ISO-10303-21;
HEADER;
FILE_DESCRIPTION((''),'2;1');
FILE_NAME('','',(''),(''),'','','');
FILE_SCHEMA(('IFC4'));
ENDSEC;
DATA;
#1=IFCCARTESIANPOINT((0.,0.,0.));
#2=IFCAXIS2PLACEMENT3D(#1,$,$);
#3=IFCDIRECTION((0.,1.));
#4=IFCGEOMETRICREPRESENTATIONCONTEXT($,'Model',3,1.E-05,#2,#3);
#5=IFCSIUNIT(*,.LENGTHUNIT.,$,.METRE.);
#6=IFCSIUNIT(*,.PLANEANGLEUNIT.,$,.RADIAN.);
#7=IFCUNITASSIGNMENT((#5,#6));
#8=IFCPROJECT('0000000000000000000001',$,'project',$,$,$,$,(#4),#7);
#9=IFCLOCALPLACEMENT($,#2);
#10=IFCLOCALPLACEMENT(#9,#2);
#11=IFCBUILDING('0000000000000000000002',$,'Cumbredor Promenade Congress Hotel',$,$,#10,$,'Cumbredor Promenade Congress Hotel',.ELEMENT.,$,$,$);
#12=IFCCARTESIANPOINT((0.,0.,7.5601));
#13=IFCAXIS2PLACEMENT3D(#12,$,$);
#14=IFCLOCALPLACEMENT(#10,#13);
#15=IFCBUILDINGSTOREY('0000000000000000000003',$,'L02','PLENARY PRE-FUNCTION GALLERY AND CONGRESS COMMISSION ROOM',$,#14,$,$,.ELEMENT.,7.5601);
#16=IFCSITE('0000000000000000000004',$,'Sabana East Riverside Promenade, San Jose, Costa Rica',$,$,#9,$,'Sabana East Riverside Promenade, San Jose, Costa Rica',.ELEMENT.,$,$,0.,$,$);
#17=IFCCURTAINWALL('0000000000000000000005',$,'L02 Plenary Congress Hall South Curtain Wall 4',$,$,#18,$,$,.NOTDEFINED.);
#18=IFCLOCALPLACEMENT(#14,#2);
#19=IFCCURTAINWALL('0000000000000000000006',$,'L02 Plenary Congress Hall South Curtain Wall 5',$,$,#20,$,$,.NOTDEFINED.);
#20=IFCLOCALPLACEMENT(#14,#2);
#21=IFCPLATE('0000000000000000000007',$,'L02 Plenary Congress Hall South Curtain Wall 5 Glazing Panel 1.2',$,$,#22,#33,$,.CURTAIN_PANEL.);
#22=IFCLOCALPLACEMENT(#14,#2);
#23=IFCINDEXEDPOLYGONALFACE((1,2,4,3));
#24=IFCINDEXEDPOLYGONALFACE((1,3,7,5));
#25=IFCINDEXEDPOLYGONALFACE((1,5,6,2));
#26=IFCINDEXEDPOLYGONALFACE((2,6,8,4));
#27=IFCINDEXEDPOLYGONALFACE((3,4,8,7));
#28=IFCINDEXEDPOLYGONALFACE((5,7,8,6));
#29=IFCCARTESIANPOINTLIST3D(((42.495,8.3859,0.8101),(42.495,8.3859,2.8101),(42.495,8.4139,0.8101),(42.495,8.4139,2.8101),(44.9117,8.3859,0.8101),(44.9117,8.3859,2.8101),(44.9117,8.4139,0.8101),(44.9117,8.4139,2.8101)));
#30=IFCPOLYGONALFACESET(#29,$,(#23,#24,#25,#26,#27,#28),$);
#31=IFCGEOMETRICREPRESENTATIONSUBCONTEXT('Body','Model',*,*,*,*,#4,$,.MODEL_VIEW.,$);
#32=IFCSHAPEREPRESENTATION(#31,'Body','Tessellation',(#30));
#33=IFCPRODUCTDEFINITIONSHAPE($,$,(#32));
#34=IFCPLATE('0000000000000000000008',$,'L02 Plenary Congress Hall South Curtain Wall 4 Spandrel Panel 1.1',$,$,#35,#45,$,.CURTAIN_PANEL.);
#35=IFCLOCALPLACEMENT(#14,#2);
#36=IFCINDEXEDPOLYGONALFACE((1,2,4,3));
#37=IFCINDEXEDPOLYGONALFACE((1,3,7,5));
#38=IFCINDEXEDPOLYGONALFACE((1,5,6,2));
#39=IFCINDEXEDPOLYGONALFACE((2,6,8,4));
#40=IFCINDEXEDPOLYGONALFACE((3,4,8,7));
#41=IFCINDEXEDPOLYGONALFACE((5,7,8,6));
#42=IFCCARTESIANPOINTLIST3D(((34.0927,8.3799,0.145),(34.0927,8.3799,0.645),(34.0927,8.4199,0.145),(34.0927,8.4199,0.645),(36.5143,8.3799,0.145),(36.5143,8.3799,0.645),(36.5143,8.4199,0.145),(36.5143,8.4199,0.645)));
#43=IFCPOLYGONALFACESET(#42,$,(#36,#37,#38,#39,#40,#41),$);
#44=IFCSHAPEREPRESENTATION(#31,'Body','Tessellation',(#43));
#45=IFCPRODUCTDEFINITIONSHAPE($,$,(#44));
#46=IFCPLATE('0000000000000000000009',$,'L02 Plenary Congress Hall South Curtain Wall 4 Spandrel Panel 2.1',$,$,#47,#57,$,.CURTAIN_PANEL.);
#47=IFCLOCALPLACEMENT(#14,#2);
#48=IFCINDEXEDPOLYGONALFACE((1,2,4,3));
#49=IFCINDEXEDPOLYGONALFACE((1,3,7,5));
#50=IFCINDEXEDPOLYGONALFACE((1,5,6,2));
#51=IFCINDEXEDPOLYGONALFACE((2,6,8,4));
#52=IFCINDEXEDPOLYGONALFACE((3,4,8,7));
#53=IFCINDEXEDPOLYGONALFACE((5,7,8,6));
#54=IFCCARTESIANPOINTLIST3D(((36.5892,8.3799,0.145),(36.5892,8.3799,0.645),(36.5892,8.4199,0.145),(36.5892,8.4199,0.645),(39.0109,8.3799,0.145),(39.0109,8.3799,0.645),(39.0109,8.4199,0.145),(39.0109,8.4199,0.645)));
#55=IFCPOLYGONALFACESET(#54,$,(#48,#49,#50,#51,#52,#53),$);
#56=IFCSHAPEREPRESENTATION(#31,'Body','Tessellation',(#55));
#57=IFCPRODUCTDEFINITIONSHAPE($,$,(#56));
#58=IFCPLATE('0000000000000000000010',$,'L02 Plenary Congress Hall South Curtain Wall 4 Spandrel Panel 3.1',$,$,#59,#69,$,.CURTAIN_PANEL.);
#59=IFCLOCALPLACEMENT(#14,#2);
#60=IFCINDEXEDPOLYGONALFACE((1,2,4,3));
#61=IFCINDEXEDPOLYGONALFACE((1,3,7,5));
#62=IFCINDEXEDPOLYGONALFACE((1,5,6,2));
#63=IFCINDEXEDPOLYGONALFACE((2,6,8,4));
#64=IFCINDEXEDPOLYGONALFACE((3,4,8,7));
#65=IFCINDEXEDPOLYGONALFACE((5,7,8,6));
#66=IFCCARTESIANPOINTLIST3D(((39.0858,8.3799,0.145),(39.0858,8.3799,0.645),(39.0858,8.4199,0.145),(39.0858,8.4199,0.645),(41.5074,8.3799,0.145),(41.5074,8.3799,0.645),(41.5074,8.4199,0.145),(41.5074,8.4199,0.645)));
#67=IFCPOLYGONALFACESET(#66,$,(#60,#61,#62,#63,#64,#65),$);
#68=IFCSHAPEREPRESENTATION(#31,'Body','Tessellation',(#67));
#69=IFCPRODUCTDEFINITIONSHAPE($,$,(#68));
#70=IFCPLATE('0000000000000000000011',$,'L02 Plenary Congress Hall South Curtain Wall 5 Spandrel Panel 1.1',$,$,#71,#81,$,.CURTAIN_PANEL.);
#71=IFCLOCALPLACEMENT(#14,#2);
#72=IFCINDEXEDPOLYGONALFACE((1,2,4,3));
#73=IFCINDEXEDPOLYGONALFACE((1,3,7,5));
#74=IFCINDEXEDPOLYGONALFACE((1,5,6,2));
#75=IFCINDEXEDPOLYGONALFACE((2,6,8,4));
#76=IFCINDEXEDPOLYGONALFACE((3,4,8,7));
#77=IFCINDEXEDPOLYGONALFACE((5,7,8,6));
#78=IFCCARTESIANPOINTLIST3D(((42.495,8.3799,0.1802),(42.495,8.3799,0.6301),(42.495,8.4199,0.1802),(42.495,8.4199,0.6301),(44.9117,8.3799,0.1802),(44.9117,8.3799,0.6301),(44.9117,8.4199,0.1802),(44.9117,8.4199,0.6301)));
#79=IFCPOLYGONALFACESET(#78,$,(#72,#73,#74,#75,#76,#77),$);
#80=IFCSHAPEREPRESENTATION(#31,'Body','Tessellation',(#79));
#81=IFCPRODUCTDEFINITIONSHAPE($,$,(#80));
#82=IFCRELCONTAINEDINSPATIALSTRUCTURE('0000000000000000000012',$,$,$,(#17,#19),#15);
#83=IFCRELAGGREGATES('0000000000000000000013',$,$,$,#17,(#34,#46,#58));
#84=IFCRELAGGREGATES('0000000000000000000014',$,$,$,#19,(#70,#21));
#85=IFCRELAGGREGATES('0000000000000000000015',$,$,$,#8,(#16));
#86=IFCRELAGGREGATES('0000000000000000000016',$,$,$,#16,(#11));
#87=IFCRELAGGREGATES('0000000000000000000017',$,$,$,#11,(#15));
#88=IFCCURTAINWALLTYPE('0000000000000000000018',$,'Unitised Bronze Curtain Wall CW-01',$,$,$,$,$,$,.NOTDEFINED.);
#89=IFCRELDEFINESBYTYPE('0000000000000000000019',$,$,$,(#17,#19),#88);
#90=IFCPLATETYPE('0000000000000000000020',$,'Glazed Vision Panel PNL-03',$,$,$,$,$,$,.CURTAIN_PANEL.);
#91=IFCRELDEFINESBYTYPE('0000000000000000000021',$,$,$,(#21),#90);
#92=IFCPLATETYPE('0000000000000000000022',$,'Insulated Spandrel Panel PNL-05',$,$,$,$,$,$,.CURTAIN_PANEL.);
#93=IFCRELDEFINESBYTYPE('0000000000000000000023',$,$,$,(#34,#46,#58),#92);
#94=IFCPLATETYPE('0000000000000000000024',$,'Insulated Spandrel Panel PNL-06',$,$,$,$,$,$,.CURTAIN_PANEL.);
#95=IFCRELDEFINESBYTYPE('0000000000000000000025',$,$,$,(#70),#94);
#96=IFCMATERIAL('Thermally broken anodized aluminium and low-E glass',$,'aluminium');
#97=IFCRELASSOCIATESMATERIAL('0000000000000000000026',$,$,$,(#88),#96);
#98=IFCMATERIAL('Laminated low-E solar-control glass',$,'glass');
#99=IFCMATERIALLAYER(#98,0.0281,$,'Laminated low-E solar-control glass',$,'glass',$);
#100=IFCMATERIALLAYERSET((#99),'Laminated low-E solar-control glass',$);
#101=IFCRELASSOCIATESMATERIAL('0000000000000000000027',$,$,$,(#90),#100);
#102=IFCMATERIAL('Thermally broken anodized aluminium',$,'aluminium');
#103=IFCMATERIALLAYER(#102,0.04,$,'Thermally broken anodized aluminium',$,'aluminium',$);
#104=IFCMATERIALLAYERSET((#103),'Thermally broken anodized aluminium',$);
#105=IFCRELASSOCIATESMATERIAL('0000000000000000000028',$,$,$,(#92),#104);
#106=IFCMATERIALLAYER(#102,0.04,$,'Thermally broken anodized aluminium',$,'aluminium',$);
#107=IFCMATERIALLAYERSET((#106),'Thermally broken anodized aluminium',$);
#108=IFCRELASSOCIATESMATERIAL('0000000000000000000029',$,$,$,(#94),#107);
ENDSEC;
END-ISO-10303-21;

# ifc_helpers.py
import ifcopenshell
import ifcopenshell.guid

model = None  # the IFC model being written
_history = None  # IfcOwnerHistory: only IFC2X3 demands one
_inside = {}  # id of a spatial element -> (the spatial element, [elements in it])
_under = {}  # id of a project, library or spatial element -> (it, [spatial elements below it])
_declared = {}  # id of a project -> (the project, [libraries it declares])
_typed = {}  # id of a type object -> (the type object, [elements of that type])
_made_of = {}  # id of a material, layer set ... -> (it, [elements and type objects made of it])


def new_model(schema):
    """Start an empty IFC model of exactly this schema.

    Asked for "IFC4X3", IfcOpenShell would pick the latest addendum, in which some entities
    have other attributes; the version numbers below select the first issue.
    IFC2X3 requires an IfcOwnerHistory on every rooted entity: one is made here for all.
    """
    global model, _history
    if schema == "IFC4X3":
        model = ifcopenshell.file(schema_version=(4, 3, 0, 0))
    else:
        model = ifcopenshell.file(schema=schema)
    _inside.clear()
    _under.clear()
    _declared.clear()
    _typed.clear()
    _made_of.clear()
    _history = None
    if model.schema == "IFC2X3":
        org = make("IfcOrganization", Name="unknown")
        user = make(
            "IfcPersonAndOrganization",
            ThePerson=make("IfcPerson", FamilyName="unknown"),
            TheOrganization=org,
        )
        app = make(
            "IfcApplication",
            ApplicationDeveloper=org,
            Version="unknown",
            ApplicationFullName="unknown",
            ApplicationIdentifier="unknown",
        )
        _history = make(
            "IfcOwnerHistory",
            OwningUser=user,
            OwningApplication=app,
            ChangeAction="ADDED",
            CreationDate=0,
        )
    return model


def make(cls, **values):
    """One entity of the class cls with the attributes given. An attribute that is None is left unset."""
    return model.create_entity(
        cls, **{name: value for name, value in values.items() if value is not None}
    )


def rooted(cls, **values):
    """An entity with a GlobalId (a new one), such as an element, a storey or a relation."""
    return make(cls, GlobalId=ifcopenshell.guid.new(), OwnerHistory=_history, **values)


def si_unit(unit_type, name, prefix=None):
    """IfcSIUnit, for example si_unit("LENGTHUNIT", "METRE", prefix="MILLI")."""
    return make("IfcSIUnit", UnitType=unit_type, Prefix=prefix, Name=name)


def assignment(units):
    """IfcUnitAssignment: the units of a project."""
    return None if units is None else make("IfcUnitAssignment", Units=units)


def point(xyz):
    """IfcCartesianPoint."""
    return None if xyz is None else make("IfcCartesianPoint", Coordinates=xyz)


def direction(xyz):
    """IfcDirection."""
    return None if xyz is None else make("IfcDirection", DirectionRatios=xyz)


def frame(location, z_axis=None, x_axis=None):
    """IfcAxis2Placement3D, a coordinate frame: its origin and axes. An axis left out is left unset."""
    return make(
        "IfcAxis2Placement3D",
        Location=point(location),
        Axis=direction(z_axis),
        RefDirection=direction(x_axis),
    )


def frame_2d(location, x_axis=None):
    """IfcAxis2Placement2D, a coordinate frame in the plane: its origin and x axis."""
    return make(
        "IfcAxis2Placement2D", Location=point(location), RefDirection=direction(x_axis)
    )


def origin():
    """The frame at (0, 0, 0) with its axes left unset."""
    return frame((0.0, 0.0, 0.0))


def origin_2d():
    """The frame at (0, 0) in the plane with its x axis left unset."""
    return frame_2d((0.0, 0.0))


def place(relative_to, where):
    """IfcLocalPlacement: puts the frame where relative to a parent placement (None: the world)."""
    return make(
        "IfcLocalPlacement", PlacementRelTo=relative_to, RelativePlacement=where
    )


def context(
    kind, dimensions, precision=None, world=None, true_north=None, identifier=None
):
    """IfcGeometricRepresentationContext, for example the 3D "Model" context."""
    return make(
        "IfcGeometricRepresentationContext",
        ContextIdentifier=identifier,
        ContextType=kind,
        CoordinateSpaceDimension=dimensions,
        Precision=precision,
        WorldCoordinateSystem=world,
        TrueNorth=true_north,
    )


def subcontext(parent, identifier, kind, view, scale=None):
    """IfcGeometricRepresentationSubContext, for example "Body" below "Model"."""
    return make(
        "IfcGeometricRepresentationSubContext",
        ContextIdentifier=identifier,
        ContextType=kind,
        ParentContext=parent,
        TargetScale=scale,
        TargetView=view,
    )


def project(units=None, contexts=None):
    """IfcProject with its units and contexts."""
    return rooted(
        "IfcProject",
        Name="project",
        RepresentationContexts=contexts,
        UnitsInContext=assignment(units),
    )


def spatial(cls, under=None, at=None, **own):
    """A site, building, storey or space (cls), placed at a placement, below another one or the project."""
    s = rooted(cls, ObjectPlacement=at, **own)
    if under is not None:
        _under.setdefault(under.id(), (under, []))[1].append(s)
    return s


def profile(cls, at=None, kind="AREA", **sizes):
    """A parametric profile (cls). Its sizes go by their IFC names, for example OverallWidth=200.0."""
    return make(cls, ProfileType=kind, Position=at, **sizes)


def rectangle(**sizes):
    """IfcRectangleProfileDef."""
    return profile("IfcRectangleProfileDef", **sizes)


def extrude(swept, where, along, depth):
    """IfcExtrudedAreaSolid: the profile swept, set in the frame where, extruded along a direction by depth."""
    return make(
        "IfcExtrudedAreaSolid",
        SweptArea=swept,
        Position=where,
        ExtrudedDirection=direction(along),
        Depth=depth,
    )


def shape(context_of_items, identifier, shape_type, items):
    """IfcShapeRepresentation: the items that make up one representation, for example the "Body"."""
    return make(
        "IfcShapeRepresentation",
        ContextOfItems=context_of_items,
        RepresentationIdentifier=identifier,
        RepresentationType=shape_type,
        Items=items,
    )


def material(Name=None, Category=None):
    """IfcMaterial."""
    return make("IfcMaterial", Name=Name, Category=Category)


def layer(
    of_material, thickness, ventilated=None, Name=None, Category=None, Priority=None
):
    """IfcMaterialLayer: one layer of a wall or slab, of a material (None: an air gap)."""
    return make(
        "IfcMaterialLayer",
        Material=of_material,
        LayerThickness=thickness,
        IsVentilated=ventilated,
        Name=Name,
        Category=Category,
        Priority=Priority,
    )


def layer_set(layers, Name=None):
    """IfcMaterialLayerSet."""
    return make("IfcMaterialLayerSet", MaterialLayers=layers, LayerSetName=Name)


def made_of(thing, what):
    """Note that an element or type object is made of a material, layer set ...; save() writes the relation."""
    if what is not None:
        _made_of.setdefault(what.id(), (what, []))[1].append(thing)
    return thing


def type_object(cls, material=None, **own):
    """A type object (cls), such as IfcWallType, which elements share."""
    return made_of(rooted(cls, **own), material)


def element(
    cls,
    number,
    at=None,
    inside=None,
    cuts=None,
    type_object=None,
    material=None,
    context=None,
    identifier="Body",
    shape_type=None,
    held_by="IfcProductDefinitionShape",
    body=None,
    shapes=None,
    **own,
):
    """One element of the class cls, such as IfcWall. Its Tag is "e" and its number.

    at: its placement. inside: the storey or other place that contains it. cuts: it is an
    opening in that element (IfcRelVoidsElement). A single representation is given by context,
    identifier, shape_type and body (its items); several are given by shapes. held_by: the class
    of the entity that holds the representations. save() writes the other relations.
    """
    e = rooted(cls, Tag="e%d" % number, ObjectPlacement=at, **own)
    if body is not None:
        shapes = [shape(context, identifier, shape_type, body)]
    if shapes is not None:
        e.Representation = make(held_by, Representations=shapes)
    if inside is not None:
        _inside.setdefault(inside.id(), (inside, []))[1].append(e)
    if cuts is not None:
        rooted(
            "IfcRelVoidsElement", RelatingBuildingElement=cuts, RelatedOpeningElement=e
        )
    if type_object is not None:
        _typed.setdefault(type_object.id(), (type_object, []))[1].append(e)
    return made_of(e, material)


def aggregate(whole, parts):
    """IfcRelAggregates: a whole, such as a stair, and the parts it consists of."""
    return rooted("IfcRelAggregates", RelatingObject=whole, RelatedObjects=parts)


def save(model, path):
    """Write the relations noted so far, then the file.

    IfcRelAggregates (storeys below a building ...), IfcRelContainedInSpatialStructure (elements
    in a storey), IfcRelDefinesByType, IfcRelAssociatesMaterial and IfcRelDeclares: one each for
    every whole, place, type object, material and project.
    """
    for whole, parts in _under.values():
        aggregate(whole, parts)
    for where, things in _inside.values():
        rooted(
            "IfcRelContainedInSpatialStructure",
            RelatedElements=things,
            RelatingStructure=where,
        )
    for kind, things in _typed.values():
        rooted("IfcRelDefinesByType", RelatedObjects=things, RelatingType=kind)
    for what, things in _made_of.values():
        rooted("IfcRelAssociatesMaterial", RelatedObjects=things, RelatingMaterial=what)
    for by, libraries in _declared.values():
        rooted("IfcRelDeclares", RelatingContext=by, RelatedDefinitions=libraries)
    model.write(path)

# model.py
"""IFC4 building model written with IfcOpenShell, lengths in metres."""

from ifc_helpers import new_model, si_unit, direction, frame, origin, origin_2d, place, context, subcontext, project, spatial, rectangle, extrude, material, layer, layer_set, type_object, element, aggregate, save


model = new_model("IFC4")

# Units and contexts
model_context = context("Model", 3, precision=1e-05, world=origin(), true_north=direction((0.0, 1.0)))
body_context = subcontext(model_context, "Body", "Model", "MODEL_VIEW")
ifc_project = project(units=[si_unit("LENGTHUNIT", "METRE"), si_unit("PLANEANGLEUNIT", "RADIAN")], contexts=[model_context])

# Site, building, storey
site_placement = place(None, origin())
site = spatial("IfcSite", under=ifc_project, at=site_placement, Name="Sabana East Riverside Promenade, San Jose, Costa Rica", LongName="Sabana East Riverside Promenade, San Jose, Costa Rica", CompositionType="ELEMENT", RefElevation=0.0)
building_placement = place(site_placement, origin())
building = spatial("IfcBuilding", under=site, at=building_placement, Name="Cumbredor Promenade Congress Hotel", LongName="Cumbredor Promenade Congress Hotel", CompositionType="ELEMENT")
storey_placement = place(building_placement, frame((0.0, 0.0, 7.5601)))
storey = spatial("IfcBuildingStorey", under=building, at=storey_placement, Name="L02", Description="PLENARY PRE-FUNCTION GALLERY AND CONGRESS COMMISSION ROOM", CompositionType="ELEMENT", Elevation=7.5601)

# Curtain walls
ifc_material_1 = material(Name="Thermally broken anodized aluminium and low-E glass", Category="aluminium")
curtain_wall_type = type_object("IfcCurtainWallType", Name="Unitised Bronze Curtain Wall CW-01", PredefinedType="NOTDEFINED", material=ifc_material_1)
curtain_wall_1_placement = place(storey_placement, origin())
curtain_wall_1 = element("IfcCurtainWall", 1, at=curtain_wall_1_placement, inside=storey, type_object=curtain_wall_type, Name="L02 Plenary Congress Hall South Curtain Wall 4", PredefinedType="NOTDEFINED")
ifc_material_2 = material(Name="Thermally broken anodized aluminium", Category="aluminium")
curtain_wall_2_placement = place(storey_placement, origin())
curtain_wall_2 = element("IfcCurtainWall", 2, at=curtain_wall_2_placement, inside=storey, type_object=curtain_wall_type, Name="L02 Plenary Congress Hall South Curtain Wall 5", PredefinedType="NOTDEFINED")

# Plates
ifc_material_3 = material(Name="Laminated low-E solar-control glass", Category="glass")
ifc_layer_1 = layer(ifc_material_3, 0.0281, Name="Laminated low-E solar-control glass", Category="glass")
ifc_layer_set_1 = layer_set([ifc_layer_1], Name="Laminated low-E solar-control glass")
plate_type_1 = type_object("IfcPlateType", Name="Glazed Vision Panel PNL-03", PredefinedType="CURTAIN_PANEL", material=ifc_layer_set_1)
plate_1_placement = place(storey_placement, frame((43.7034, 8.3999, 0.8101), z_axis=(0.0, 0.0, 1.0), x_axis=(1.0, 0.0, 0.0)))
plate_1 = element("IfcPlate", 3, at=plate_1_placement, type_object=plate_type_1, Name="L02 Plenary Congress Hall South Curtain Wall 5 Glazing Panel 1.2", PredefinedType="CURTAIN_PANEL", context=body_context, shape_type="SweptSolid", body=[
    extrude(rectangle(XDim=2.4167, YDim=0.0281, at=origin_2d()), origin(), (0.0, 0.0, 1.0), 2.0),
])
ifc_layer_2 = layer(ifc_material_2, 0.04, Name="Thermally broken anodized aluminium", Category="aluminium")
ifc_layer_set_2 = layer_set([ifc_layer_2], Name="Thermally broken anodized aluminium")
plate_type_2 = type_object("IfcPlateType", Name="Insulated Spandrel Panel PNL-05", PredefinedType="CURTAIN_PANEL", material=ifc_layer_set_2)
plate_2_placement = place(storey_placement, frame((35.3035, 8.3999, 0.145), z_axis=(0.0, 0.0, 1.0), x_axis=(1.0, 0.0, 0.0)))
plate_2 = element("IfcPlate", 4, at=plate_2_placement, type_object=plate_type_2, Name="L02 Plenary Congress Hall South Curtain Wall 4 Spandrel Panel 1.1", PredefinedType="CURTAIN_PANEL", context=body_context, shape_type="SweptSolid", body=[
    extrude(rectangle(XDim=2.4216, YDim=0.04, at=origin_2d()), origin(), (0.0, 0.0, 1.0), 0.5),
])
plate_3_placement = place(storey_placement, frame((37.8, 8.3999, 0.145), z_axis=(0.0, 0.0, 1.0), x_axis=(1.0, 0.0, 0.0)))
plate_3 = element("IfcPlate", 5, at=plate_3_placement, type_object=plate_type_2, Name="L02 Plenary Congress Hall South Curtain Wall 4 Spandrel Panel 2.1", PredefinedType="CURTAIN_PANEL", context=body_context, shape_type="SweptSolid", body=[
    extrude(rectangle(XDim=2.4216, YDim=0.04, at=origin_2d()), origin(), (0.0, 0.0, 1.0), 0.5),
])
plate_4_placement = place(storey_placement, frame((40.2966, 8.3999, 0.145), z_axis=(0.0, 0.0, 1.0), x_axis=(1.0, 0.0, 0.0)))
plate_4 = element("IfcPlate", 6, at=plate_4_placement, type_object=plate_type_2, Name="L02 Plenary Congress Hall South Curtain Wall 4 Spandrel Panel 3.1", PredefinedType="CURTAIN_PANEL", context=body_context, shape_type="SweptSolid", body=[
    extrude(rectangle(XDim=2.4216, YDim=0.04, at=origin_2d()), origin(), (0.0, 0.0, 1.0), 0.5),
])
aggregate(curtain_wall_1, [plate_2, plate_3, plate_4])
ifc_layer_3 = layer(ifc_material_2, 0.04, Name="Thermally broken anodized aluminium", Category="aluminium")
ifc_layer_set_3 = layer_set([ifc_layer_3], Name="Thermally broken anodized aluminium")
plate_type_3 = type_object("IfcPlateType", Name="Insulated Spandrel Panel PNL-06", PredefinedType="CURTAIN_PANEL", material=ifc_layer_set_3)
plate_5_placement = place(storey_placement, frame((43.7034, 8.3999, 0.1802), z_axis=(0.0, 0.0, 1.0), x_axis=(1.0, 0.0, 0.0)))
plate_5 = element("IfcPlate", 7, at=plate_5_placement, type_object=plate_type_3, Name="L02 Plenary Congress Hall South Curtain Wall 5 Spandrel Panel 1.1", PredefinedType="CURTAIN_PANEL", context=body_context, shape_type="SweptSolid", body=[
    extrude(rectangle(XDim=2.4167, YDim=0.04, at=origin_2d()), origin(), (0.0, 0.0, 1.0), 0.45),
])
aggregate(curtain_wall_2, [plate_5, plate_1])

save(model, "model.ifc")
